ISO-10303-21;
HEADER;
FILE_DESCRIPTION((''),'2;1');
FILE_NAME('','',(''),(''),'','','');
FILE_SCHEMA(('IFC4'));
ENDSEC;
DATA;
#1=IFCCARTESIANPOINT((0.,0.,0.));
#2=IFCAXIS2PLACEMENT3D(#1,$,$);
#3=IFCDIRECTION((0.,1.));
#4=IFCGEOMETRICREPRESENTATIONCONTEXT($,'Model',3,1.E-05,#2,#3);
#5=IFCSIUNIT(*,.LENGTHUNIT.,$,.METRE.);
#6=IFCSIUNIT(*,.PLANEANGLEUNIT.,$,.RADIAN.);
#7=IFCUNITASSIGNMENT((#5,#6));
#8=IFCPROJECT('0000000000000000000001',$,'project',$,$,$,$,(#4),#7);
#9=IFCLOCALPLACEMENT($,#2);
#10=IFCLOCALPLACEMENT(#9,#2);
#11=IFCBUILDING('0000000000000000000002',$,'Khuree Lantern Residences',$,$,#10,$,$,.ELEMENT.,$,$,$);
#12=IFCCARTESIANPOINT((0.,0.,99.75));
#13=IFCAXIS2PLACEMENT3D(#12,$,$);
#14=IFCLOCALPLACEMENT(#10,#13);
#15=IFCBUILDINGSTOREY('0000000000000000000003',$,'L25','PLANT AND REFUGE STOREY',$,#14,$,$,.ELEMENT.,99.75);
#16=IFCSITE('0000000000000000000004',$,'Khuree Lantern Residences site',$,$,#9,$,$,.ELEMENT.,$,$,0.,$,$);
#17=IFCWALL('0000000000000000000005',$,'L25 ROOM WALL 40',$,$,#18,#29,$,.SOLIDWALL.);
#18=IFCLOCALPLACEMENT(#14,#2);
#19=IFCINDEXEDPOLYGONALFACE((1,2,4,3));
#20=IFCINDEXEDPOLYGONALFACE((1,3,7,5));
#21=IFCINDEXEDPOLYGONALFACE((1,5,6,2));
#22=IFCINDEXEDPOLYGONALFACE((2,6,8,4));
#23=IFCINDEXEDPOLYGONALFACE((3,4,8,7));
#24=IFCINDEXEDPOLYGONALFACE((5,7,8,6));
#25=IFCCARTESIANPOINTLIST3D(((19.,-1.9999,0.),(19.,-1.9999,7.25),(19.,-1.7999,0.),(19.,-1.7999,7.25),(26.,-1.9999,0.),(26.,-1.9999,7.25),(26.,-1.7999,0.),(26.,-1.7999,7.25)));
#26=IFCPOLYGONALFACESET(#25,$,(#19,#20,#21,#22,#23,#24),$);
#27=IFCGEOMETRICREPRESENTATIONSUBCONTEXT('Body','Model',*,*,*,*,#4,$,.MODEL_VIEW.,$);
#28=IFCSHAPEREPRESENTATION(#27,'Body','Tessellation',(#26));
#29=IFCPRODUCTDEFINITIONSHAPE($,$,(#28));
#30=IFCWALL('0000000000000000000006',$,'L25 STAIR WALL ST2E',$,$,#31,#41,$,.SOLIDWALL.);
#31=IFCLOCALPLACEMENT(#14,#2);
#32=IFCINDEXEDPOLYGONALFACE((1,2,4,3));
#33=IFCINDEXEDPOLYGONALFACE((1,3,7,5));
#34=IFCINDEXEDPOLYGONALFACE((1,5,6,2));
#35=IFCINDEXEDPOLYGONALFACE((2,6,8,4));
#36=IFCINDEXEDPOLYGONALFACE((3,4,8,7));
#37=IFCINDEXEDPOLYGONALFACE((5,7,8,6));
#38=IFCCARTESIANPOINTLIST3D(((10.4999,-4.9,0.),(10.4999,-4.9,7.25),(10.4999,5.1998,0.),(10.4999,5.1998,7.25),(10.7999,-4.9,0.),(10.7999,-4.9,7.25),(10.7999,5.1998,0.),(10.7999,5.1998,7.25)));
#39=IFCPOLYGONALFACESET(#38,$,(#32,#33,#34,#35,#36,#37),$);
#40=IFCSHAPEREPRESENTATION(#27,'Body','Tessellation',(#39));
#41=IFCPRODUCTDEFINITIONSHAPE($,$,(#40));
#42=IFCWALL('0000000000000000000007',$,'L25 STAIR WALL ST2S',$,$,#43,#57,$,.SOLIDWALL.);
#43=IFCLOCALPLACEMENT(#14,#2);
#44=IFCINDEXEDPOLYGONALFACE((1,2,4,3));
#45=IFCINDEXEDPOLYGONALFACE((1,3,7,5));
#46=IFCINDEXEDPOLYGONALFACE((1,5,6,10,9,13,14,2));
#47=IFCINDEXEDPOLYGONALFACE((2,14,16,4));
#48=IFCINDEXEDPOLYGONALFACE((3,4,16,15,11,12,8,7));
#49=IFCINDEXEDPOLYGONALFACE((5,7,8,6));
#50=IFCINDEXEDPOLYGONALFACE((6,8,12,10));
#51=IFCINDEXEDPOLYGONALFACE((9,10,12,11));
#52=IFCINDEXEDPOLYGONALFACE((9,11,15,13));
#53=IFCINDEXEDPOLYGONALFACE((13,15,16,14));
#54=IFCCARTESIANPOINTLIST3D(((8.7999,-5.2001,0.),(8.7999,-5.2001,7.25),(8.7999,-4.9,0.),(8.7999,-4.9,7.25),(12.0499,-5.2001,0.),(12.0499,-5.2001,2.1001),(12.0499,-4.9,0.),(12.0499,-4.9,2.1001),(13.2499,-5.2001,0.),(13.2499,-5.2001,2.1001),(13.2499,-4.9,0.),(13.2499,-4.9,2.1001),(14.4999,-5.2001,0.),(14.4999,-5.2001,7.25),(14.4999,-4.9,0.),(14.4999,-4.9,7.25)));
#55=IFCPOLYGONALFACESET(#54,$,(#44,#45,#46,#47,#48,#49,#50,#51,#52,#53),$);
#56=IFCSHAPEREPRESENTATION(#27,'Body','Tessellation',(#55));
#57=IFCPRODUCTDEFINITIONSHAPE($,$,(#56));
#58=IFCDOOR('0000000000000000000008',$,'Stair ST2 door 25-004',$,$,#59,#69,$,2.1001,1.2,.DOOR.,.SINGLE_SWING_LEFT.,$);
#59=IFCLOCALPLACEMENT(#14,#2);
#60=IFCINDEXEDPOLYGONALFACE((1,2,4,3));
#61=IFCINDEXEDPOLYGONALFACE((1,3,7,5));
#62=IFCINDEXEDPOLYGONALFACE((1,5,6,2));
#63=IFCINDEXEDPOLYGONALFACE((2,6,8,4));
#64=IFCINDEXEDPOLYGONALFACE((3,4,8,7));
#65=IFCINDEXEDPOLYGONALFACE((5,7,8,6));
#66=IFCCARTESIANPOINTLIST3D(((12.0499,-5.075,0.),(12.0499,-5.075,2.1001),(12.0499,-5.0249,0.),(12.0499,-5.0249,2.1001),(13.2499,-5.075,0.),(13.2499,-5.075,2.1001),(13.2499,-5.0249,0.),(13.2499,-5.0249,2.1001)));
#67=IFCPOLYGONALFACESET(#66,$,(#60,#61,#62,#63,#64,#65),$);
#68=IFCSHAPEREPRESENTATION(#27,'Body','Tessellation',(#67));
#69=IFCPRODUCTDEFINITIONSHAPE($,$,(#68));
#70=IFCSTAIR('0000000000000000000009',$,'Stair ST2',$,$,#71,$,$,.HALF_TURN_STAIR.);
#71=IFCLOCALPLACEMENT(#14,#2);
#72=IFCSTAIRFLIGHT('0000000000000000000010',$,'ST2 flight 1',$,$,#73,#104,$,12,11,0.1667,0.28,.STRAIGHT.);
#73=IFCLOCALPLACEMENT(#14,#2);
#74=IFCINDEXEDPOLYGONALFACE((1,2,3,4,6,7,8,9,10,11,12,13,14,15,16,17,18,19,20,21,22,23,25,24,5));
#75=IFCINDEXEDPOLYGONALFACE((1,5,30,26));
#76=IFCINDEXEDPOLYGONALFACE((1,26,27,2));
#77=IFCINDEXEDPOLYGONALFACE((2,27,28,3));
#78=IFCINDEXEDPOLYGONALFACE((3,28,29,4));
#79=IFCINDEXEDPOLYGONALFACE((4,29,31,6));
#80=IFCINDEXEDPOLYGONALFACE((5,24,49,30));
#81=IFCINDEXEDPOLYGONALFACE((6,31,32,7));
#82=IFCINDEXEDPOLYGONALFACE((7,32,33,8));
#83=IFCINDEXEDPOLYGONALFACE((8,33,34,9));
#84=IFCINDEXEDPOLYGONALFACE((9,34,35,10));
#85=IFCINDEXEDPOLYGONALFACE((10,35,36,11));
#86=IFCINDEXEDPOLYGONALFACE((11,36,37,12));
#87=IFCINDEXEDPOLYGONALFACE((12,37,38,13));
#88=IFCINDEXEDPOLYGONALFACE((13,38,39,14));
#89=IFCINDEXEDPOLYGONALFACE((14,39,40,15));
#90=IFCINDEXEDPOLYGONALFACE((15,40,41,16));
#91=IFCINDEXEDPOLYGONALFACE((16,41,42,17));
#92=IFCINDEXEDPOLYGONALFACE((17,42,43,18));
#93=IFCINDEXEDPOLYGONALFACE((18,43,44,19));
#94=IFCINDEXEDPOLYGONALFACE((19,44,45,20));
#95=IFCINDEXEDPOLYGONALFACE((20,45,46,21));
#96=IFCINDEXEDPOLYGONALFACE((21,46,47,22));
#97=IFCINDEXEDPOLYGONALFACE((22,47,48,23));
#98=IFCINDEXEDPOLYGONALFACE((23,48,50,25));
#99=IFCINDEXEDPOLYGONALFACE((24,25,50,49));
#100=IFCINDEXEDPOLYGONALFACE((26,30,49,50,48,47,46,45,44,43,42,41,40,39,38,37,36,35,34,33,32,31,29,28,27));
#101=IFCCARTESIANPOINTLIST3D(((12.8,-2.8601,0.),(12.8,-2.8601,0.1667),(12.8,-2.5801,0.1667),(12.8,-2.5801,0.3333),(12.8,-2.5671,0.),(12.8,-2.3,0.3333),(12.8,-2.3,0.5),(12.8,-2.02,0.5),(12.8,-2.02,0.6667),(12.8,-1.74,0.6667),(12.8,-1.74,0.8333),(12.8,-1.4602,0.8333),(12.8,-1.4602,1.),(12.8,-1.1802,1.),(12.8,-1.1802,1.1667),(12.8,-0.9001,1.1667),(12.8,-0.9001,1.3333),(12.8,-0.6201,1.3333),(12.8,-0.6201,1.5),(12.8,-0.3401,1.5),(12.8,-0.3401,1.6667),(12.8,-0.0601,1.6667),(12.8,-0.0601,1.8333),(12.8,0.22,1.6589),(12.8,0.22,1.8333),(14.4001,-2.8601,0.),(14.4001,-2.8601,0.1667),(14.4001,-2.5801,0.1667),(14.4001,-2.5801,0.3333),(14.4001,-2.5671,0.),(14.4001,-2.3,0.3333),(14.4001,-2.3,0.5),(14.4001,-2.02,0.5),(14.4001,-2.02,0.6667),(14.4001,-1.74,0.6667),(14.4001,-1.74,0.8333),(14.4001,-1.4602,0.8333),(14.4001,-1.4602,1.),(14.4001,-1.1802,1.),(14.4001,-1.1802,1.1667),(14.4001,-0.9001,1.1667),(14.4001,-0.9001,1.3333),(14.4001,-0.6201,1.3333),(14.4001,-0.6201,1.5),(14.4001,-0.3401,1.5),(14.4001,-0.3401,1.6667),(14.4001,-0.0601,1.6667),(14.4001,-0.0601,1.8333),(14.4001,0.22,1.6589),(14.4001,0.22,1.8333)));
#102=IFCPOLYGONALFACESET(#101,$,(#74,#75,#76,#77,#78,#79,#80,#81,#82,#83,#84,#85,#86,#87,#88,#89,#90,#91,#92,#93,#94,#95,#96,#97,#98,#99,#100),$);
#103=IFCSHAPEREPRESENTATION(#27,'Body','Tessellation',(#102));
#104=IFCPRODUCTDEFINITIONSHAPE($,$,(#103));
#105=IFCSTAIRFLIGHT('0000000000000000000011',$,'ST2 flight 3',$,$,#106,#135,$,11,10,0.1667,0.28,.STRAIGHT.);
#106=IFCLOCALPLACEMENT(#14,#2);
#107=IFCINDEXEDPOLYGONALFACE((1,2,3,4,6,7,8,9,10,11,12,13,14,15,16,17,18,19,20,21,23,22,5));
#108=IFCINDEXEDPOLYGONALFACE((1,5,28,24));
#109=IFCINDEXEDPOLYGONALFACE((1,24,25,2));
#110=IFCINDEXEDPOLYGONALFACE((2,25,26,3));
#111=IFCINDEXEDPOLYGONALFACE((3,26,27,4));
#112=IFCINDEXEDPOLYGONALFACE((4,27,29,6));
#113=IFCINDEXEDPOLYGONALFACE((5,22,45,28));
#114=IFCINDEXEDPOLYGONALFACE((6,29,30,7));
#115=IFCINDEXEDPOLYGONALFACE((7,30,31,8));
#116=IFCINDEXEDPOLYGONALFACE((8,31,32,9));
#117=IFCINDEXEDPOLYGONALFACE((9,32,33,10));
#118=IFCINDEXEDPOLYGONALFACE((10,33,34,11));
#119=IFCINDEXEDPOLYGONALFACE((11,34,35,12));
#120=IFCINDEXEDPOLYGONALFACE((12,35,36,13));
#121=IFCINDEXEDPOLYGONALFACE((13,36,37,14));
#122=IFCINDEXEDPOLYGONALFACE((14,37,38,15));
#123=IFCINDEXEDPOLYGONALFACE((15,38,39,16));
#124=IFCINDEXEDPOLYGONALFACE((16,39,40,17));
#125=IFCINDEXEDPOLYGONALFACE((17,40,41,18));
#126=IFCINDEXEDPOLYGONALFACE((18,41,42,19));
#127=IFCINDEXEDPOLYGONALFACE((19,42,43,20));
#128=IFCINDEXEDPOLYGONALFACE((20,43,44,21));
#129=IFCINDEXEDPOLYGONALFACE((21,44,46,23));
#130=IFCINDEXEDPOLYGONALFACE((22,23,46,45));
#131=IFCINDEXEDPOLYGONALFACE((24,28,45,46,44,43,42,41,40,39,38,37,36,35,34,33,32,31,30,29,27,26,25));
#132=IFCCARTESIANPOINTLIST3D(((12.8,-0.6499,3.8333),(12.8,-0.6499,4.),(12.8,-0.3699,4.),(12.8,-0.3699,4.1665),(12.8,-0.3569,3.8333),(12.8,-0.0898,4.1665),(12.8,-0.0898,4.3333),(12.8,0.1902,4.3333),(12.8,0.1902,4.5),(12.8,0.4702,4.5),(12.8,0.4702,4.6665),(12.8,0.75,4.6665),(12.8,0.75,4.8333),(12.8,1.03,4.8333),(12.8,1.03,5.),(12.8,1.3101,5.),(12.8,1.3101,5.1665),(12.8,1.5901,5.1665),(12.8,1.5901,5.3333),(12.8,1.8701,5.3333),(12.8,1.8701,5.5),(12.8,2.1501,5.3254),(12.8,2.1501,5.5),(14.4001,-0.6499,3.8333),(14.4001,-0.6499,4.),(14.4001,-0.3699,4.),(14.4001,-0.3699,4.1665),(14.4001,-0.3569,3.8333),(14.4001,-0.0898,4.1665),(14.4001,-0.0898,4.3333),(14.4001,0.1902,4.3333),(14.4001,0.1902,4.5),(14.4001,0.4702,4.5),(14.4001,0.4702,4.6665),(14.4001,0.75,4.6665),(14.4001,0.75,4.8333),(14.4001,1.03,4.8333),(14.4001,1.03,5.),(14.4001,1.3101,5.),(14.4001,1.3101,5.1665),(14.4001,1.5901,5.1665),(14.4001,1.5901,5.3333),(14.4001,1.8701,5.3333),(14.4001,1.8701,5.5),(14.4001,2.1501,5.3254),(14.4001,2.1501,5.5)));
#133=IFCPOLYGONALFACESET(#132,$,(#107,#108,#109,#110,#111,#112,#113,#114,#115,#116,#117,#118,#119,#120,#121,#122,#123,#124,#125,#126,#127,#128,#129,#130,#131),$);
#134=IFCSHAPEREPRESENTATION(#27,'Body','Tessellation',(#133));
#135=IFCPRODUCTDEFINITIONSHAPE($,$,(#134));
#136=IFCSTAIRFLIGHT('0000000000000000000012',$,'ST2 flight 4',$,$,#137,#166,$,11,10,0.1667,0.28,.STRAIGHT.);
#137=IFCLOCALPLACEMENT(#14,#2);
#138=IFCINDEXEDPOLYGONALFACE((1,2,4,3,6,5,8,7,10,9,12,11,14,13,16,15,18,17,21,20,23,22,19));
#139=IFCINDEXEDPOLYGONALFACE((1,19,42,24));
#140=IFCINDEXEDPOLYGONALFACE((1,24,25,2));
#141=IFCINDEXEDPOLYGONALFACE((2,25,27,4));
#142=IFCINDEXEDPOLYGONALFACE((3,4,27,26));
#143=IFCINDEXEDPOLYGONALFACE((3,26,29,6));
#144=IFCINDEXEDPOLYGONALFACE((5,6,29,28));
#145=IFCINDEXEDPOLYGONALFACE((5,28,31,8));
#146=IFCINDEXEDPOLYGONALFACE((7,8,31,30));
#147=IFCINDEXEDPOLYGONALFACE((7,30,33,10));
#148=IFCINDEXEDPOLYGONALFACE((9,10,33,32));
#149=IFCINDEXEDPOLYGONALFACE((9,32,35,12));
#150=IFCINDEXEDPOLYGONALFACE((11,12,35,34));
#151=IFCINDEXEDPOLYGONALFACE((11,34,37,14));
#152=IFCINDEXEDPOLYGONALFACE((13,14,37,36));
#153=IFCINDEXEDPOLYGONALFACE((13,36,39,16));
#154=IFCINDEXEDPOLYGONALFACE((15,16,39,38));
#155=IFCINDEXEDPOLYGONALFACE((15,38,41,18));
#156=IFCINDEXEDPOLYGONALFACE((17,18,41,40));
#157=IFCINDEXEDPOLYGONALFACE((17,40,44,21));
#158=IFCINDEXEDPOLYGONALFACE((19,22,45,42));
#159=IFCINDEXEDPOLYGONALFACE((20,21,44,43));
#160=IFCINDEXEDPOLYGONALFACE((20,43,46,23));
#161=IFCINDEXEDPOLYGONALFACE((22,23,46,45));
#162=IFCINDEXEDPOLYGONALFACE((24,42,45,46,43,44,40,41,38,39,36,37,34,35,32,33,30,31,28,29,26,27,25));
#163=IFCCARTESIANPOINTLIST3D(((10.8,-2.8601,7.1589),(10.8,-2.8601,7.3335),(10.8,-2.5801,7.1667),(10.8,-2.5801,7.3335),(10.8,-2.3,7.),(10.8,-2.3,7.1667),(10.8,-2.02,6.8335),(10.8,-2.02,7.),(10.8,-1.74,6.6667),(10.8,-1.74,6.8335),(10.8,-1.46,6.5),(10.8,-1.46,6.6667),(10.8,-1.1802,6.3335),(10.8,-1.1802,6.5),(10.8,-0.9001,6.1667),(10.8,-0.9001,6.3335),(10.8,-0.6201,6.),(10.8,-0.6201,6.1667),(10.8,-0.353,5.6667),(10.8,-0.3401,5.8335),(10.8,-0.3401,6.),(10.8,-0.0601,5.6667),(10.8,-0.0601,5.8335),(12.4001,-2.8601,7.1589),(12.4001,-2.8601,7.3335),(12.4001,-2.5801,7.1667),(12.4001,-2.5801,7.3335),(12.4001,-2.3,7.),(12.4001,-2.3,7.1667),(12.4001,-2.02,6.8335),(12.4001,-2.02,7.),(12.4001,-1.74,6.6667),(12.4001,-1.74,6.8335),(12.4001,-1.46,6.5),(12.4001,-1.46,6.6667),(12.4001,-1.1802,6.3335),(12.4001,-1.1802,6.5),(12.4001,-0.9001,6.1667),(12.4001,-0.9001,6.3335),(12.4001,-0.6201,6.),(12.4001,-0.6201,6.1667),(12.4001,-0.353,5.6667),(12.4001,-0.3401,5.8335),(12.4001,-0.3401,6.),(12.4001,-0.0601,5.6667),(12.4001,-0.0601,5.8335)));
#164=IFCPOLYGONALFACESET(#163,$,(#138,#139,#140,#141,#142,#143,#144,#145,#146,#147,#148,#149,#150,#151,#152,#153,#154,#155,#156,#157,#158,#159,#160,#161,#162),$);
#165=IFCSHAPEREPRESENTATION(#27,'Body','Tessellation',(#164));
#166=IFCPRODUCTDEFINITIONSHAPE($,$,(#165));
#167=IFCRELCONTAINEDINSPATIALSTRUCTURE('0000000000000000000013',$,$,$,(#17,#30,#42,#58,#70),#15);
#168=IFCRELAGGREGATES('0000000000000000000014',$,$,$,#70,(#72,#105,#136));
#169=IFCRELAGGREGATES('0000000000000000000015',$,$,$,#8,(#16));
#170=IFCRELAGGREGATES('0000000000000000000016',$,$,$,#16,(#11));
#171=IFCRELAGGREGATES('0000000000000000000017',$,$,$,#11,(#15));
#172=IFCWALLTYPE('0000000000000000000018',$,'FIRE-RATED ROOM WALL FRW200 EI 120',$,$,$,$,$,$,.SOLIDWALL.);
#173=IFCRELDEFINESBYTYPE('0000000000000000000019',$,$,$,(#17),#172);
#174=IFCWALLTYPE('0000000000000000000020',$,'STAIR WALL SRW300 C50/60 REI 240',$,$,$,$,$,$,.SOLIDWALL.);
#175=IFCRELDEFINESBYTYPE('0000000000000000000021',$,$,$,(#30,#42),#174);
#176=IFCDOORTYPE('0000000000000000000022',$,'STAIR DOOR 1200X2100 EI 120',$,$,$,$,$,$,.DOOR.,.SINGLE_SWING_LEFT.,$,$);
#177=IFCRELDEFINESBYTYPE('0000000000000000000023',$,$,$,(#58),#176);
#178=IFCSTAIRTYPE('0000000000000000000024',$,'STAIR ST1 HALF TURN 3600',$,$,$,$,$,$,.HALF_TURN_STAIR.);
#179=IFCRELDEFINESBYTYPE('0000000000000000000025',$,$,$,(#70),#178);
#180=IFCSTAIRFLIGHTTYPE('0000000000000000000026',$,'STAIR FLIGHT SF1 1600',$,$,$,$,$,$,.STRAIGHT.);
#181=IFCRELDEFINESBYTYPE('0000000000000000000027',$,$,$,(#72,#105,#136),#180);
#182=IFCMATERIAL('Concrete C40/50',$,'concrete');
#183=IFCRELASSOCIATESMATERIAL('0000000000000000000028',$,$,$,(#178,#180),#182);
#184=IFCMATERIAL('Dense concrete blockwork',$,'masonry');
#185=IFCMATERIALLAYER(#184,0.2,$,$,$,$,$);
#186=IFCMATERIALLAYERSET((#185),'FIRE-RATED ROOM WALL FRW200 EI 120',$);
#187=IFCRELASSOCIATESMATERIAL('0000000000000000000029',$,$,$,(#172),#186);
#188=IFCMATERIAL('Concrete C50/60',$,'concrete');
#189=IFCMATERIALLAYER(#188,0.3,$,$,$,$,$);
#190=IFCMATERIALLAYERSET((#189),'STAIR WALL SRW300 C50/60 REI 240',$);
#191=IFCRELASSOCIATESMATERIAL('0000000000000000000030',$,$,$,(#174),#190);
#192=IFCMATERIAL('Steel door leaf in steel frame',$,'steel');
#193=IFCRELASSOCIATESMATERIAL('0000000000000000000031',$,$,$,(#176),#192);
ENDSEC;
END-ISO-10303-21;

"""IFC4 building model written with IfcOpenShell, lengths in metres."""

from ifc_helpers import new_model, si_unit, direction, frame, frame_2d, origin, place, context, subcontext, project, spatial, polyline, rectangle, outline, extrude, material, layer, layer_set, type_object, element, fill, aggregate, save


model = new_model("IFC4")

# Units and contexts
model_context = context("Model", 3, precision=1e-05, world=origin(), true_north=direction((0.0, 1.0)))
body_context = subcontext(model_context, "Body", "Model", "MODEL_VIEW")
ifc_project = project(units=[si_unit("LENGTHUNIT", "METRE"), si_unit("PLANEANGLEUNIT", "RADIAN")], contexts=[model_context])

# Site, building, storey
site_placement = place(None, origin())
site = spatial("IfcSite", under=ifc_project, at=site_placement, Name="Khuree Lantern Residences site", CompositionType="ELEMENT", RefElevation=0.0)
building_placement = place(site_placement, origin())
building = spatial("IfcBuilding", under=site, at=building_placement, Name="Khuree Lantern Residences", CompositionType="ELEMENT")
storey_placement = place(building_placement, frame((0.0, 0.0, 99.75)))
storey = spatial("IfcBuildingStorey", under=building, at=storey_placement, Name="L25", Description="PLANT AND REFUGE STOREY", CompositionType="ELEMENT", Elevation=99.75)

# Shared definitions
ifc_material_1 = material(Name="Concrete C40/50", Category="concrete")
stair_type = type_object("IfcStairType", Name="STAIR ST1 HALF TURN 3600", PredefinedType="HALF_TURN_STAIR", material=ifc_material_1)

# Shared definitions
ifc_material_2 = material(Name="Dense concrete blockwork", Category="masonry")

# Walls
ifc_layer_1 = layer(ifc_material_2, 0.2)
ifc_layer_set_1 = layer_set([ifc_layer_1], Name="FIRE-RATED ROOM WALL FRW200 EI 120")
wall_type_1 = type_object("IfcWallType", Name="FIRE-RATED ROOM WALL FRW200 EI 120", PredefinedType="SOLIDWALL", material=ifc_layer_set_1)
wall_1_placement = place(storey_placement, frame((19.0, -1.8999, 0.0), z_axis=(0.0, 0.0, 1.0), x_axis=(1.0, 0.0, 0.0)))
element("IfcWall", 1, at=wall_1_placement, inside=storey, type_object=wall_type_1, Name="L25 ROOM WALL 40", PredefinedType="SOLIDWALL", context=body_context, shape_type="SweptSolid", body=[
    extrude(rectangle(XDim=7.0, YDim=0.2, at=frame_2d((3.5, 0.0))), origin(), (0.0, 0.0, 1.0), 7.25),
])
ifc_material_3 = material(Name="Concrete C50/60", Category="concrete")
ifc_layer_2 = layer(ifc_material_3, 0.3)
ifc_layer_set_2 = layer_set([ifc_layer_2], Name="STAIR WALL SRW300 C50/60 REI 240")
wall_type_2 = type_object("IfcWallType", Name="STAIR WALL SRW300 C50/60 REI 240", PredefinedType="SOLIDWALL", material=ifc_layer_set_2)
wall_2_placement = place(storey_placement, frame((10.6499, -4.8999, 0.0), z_axis=(0.0, 0.0, 1.0), x_axis=(0.0, 1.0, 0.0)))
element("IfcWall", 2, at=wall_2_placement, inside=storey, type_object=wall_type_2, Name="L25 STAIR WALL ST2E", PredefinedType="SOLIDWALL", context=body_context, shape_type="SweptSolid", body=[
    extrude(rectangle(XDim=10.0999, YDim=0.3, at=frame_2d((5.0498, 0.0))), origin(), (0.0, 0.0, 1.0), 7.25),
])

# Wall, opening, door
wall_3_placement = place(storey_placement, frame((14.5, -5.05, 0.0), z_axis=(0.0, 0.0, 1.0), x_axis=(-1.0, 0.0, 0.0)))
wall_3 = element("IfcWall", 3, at=wall_3_placement, inside=storey, type_object=wall_type_2, Name="L25 STAIR WALL ST2S", PredefinedType="SOLIDWALL", context=body_context, shape_type="SweptSolid", body=[
    extrude(rectangle(XDim=5.7, YDim=0.3, at=frame_2d((2.8501, 0.0))), origin(), (0.0, 0.0, 1.0), 7.25),
])
opening_1_placement = place(wall_3_placement, frame((1.25, 0.0, 0.0)))
opening_1 = element("IfcOpeningElement", 4, at=opening_1_placement, cuts=wall_3, PredefinedType="OPENING", context=body_context, shape_type="SweptSolid", body=[
    extrude(rectangle(XDim=1.2, YDim=2.1001, at=frame_2d((0.6001, 1.05))), frame((0.0, 0.1602, 0.0), z_axis=(0.0, -1.0, 0.0), x_axis=(1.0, 0.0, 0.0)), (0.0, 0.0, 1.0), 0.3201),
])
ifc_material_4 = material(Name="Steel door leaf in steel frame", Category="steel")
door_type_1 = type_object("IfcDoorType", Name="STAIR DOOR 1200X2100 EI 120", OperationType="SINGLE_SWING_LEFT", PredefinedType="DOOR", material=ifc_material_4)
door_1_placement = place(opening_1_placement, origin())
door_1 = element("IfcDoor", 5, at=door_1_placement, inside=storey, type_object=door_type_1, Name="Stair ST2 door 25-004", OperationType="SINGLE_SWING_LEFT", OverallHeight=2.1001, OverallWidth=1.2, PredefinedType="DOOR", context=body_context, shape_type="SweptSolid", body=[
    extrude(rectangle(XDim=1.2, YDim=2.1001, at=frame_2d((0.6001, 1.05))), frame((0.0, 0.0249, 0.0), z_axis=(0.0, -1.0, 0.0), x_axis=(1.0, 0.0, 0.0)), (0.0, 0.0, 1.0), 0.05),
])
fill(opening_1, door_1)

# Stair, stair flights
stair_1_placement = place(storey_placement, origin())
stair_1 = element("IfcStair", 6, at=stair_1_placement, inside=storey, type_object=stair_type, Name="Stair ST2", PredefinedType="HALF_TURN_STAIR")
stair_flight_type = type_object("IfcStairFlightType", Name="STAIR FLIGHT SF1 1600", PredefinedType="STRAIGHT", material=ifc_material_1)
stair_flight_1_placement = place(storey_placement, frame((13.6001, -2.8601, 0.0), z_axis=(0.0, 0.0, 1.0), x_axis=(0.0, 1.0, 0.0)))
stair_flight_1 = element("IfcStairFlight", 7, at=stair_flight_1_placement, type_object=stair_flight_type, Name="ST2 flight 1", NumberOfRisers=12, NumberOfTreads=11, PredefinedType="STRAIGHT", RiserHeight=0.1667, TreadLength=0.28, context=body_context, shape_type="SweptSolid", body=[
    extrude(outline(polyline([(0.0, 0.0), (0.0, 0.1667), (0.28, 0.1667), (0.28, 0.3333), (0.5601, 0.3333), (0.5601, 0.5), (0.8401, 0.5), (0.8401, 0.6667), (1.1201, 0.6667), (1.1201, 0.8333), (1.3999, 0.8333), (1.3999, 1.0), (1.6799, 1.0), (1.6799, 1.1667), (1.96, 1.1667), (1.96, 1.3333), (2.24, 1.3333), (2.24, 1.5), (2.52, 1.5), (2.52, 1.6667), (2.8, 1.6667), (2.8, 1.8333), (3.0801, 1.8333), (3.0801, 2.0), (3.0801, 1.6589), (0.293, 0.0), (0.0, 0.0)])), frame((0.0, 0.8, 0.0), z_axis=(0.0, -1.0, 0.0), x_axis=(1.0, 0.0, 0.0)), (0.0, 0.0, 1.0), 1.6001),
])
stair_flight_2_placement = place(storey_placement, frame((13.6001, -0.6499, 3.8333), z_axis=(0.0, 0.0, 1.0), x_axis=(0.0, 1.0, 0.0)))
stair_flight_2 = element("IfcStairFlight", 8, at=stair_flight_2_placement, type_object=stair_flight_type, Name="ST2 flight 3", NumberOfRisers=11, NumberOfTreads=10, PredefinedType="STRAIGHT", RiserHeight=0.1667, TreadLength=0.28, context=body_context, shape_type="SweptSolid", body=[
    extrude(outline(polyline([(0.0, 0.0), (0.0, 0.1667), (0.28, 0.1667), (0.28, 0.3333), (0.5601, 0.3333), (0.5601, 0.5), (0.8401, 0.5), (0.8401, 0.6667), (1.1201, 0.6667), (1.1201, 0.8333), (1.3999, 0.8333), (1.3999, 1.0), (1.6799, 1.0), (1.6799, 1.1667), (1.96, 1.1667), (1.96, 1.3333), (2.24, 1.3333), (2.24, 1.5), (2.52, 1.5), (2.52, 1.6667), (2.8, 1.6667), (2.8, 1.8333), (2.8, 1.4922), (0.293, 0.0), (0.0, 0.0)])), frame((0.0, 0.8, 0.0), z_axis=(0.0, -1.0, 0.0), x_axis=(1.0, 0.0, 0.0)), (0.0, 0.0, 1.0), 1.6001),
])
stair_flight_3_placement = place(storey_placement, frame((11.6001, -0.0601, 5.6667), z_axis=(0.0, 0.0, 1.0), x_axis=(0.0, -1.0, 0.0)))
stair_flight_3 = element("IfcStairFlight", 9, at=stair_flight_3_placement, type_object=stair_flight_type, Name="ST2 flight 4", NumberOfRisers=11, NumberOfTreads=10, PredefinedType="STRAIGHT", RiserHeight=0.1667, TreadLength=0.28, context=body_context, shape_type="SweptSolid", body=[
    extrude(outline(polyline([(0.0, 0.0), (0.0, 0.1667), (0.28, 0.1667), (0.28, 0.3333), (0.5601, 0.3333), (0.5601, 0.5), (0.8401, 0.5), (0.8401, 0.6667), (1.1201, 0.6667), (1.1201, 0.8333), (1.3999, 0.8333), (1.3999, 1.0), (1.6799, 1.0), (1.6799, 1.1667), (1.96, 1.1667), (1.96, 1.3333), (2.24, 1.3333), (2.24, 1.5), (2.52, 1.5), (2.52, 1.6667), (2.8, 1.6667), (2.8, 1.8333), (2.8, 1.4922), (0.293, 0.0), (0.0, 0.0)])), frame((0.0, 0.8, 0.0), z_axis=(0.0, -1.0, 0.0), x_axis=(1.0, 0.0, 0.0)), (0.0, 0.0, 1.0), 1.6001),
])
aggregate(stair_1, [stair_flight_1, stair_flight_2, stair_flight_3])

save(model, "model.ifc")
